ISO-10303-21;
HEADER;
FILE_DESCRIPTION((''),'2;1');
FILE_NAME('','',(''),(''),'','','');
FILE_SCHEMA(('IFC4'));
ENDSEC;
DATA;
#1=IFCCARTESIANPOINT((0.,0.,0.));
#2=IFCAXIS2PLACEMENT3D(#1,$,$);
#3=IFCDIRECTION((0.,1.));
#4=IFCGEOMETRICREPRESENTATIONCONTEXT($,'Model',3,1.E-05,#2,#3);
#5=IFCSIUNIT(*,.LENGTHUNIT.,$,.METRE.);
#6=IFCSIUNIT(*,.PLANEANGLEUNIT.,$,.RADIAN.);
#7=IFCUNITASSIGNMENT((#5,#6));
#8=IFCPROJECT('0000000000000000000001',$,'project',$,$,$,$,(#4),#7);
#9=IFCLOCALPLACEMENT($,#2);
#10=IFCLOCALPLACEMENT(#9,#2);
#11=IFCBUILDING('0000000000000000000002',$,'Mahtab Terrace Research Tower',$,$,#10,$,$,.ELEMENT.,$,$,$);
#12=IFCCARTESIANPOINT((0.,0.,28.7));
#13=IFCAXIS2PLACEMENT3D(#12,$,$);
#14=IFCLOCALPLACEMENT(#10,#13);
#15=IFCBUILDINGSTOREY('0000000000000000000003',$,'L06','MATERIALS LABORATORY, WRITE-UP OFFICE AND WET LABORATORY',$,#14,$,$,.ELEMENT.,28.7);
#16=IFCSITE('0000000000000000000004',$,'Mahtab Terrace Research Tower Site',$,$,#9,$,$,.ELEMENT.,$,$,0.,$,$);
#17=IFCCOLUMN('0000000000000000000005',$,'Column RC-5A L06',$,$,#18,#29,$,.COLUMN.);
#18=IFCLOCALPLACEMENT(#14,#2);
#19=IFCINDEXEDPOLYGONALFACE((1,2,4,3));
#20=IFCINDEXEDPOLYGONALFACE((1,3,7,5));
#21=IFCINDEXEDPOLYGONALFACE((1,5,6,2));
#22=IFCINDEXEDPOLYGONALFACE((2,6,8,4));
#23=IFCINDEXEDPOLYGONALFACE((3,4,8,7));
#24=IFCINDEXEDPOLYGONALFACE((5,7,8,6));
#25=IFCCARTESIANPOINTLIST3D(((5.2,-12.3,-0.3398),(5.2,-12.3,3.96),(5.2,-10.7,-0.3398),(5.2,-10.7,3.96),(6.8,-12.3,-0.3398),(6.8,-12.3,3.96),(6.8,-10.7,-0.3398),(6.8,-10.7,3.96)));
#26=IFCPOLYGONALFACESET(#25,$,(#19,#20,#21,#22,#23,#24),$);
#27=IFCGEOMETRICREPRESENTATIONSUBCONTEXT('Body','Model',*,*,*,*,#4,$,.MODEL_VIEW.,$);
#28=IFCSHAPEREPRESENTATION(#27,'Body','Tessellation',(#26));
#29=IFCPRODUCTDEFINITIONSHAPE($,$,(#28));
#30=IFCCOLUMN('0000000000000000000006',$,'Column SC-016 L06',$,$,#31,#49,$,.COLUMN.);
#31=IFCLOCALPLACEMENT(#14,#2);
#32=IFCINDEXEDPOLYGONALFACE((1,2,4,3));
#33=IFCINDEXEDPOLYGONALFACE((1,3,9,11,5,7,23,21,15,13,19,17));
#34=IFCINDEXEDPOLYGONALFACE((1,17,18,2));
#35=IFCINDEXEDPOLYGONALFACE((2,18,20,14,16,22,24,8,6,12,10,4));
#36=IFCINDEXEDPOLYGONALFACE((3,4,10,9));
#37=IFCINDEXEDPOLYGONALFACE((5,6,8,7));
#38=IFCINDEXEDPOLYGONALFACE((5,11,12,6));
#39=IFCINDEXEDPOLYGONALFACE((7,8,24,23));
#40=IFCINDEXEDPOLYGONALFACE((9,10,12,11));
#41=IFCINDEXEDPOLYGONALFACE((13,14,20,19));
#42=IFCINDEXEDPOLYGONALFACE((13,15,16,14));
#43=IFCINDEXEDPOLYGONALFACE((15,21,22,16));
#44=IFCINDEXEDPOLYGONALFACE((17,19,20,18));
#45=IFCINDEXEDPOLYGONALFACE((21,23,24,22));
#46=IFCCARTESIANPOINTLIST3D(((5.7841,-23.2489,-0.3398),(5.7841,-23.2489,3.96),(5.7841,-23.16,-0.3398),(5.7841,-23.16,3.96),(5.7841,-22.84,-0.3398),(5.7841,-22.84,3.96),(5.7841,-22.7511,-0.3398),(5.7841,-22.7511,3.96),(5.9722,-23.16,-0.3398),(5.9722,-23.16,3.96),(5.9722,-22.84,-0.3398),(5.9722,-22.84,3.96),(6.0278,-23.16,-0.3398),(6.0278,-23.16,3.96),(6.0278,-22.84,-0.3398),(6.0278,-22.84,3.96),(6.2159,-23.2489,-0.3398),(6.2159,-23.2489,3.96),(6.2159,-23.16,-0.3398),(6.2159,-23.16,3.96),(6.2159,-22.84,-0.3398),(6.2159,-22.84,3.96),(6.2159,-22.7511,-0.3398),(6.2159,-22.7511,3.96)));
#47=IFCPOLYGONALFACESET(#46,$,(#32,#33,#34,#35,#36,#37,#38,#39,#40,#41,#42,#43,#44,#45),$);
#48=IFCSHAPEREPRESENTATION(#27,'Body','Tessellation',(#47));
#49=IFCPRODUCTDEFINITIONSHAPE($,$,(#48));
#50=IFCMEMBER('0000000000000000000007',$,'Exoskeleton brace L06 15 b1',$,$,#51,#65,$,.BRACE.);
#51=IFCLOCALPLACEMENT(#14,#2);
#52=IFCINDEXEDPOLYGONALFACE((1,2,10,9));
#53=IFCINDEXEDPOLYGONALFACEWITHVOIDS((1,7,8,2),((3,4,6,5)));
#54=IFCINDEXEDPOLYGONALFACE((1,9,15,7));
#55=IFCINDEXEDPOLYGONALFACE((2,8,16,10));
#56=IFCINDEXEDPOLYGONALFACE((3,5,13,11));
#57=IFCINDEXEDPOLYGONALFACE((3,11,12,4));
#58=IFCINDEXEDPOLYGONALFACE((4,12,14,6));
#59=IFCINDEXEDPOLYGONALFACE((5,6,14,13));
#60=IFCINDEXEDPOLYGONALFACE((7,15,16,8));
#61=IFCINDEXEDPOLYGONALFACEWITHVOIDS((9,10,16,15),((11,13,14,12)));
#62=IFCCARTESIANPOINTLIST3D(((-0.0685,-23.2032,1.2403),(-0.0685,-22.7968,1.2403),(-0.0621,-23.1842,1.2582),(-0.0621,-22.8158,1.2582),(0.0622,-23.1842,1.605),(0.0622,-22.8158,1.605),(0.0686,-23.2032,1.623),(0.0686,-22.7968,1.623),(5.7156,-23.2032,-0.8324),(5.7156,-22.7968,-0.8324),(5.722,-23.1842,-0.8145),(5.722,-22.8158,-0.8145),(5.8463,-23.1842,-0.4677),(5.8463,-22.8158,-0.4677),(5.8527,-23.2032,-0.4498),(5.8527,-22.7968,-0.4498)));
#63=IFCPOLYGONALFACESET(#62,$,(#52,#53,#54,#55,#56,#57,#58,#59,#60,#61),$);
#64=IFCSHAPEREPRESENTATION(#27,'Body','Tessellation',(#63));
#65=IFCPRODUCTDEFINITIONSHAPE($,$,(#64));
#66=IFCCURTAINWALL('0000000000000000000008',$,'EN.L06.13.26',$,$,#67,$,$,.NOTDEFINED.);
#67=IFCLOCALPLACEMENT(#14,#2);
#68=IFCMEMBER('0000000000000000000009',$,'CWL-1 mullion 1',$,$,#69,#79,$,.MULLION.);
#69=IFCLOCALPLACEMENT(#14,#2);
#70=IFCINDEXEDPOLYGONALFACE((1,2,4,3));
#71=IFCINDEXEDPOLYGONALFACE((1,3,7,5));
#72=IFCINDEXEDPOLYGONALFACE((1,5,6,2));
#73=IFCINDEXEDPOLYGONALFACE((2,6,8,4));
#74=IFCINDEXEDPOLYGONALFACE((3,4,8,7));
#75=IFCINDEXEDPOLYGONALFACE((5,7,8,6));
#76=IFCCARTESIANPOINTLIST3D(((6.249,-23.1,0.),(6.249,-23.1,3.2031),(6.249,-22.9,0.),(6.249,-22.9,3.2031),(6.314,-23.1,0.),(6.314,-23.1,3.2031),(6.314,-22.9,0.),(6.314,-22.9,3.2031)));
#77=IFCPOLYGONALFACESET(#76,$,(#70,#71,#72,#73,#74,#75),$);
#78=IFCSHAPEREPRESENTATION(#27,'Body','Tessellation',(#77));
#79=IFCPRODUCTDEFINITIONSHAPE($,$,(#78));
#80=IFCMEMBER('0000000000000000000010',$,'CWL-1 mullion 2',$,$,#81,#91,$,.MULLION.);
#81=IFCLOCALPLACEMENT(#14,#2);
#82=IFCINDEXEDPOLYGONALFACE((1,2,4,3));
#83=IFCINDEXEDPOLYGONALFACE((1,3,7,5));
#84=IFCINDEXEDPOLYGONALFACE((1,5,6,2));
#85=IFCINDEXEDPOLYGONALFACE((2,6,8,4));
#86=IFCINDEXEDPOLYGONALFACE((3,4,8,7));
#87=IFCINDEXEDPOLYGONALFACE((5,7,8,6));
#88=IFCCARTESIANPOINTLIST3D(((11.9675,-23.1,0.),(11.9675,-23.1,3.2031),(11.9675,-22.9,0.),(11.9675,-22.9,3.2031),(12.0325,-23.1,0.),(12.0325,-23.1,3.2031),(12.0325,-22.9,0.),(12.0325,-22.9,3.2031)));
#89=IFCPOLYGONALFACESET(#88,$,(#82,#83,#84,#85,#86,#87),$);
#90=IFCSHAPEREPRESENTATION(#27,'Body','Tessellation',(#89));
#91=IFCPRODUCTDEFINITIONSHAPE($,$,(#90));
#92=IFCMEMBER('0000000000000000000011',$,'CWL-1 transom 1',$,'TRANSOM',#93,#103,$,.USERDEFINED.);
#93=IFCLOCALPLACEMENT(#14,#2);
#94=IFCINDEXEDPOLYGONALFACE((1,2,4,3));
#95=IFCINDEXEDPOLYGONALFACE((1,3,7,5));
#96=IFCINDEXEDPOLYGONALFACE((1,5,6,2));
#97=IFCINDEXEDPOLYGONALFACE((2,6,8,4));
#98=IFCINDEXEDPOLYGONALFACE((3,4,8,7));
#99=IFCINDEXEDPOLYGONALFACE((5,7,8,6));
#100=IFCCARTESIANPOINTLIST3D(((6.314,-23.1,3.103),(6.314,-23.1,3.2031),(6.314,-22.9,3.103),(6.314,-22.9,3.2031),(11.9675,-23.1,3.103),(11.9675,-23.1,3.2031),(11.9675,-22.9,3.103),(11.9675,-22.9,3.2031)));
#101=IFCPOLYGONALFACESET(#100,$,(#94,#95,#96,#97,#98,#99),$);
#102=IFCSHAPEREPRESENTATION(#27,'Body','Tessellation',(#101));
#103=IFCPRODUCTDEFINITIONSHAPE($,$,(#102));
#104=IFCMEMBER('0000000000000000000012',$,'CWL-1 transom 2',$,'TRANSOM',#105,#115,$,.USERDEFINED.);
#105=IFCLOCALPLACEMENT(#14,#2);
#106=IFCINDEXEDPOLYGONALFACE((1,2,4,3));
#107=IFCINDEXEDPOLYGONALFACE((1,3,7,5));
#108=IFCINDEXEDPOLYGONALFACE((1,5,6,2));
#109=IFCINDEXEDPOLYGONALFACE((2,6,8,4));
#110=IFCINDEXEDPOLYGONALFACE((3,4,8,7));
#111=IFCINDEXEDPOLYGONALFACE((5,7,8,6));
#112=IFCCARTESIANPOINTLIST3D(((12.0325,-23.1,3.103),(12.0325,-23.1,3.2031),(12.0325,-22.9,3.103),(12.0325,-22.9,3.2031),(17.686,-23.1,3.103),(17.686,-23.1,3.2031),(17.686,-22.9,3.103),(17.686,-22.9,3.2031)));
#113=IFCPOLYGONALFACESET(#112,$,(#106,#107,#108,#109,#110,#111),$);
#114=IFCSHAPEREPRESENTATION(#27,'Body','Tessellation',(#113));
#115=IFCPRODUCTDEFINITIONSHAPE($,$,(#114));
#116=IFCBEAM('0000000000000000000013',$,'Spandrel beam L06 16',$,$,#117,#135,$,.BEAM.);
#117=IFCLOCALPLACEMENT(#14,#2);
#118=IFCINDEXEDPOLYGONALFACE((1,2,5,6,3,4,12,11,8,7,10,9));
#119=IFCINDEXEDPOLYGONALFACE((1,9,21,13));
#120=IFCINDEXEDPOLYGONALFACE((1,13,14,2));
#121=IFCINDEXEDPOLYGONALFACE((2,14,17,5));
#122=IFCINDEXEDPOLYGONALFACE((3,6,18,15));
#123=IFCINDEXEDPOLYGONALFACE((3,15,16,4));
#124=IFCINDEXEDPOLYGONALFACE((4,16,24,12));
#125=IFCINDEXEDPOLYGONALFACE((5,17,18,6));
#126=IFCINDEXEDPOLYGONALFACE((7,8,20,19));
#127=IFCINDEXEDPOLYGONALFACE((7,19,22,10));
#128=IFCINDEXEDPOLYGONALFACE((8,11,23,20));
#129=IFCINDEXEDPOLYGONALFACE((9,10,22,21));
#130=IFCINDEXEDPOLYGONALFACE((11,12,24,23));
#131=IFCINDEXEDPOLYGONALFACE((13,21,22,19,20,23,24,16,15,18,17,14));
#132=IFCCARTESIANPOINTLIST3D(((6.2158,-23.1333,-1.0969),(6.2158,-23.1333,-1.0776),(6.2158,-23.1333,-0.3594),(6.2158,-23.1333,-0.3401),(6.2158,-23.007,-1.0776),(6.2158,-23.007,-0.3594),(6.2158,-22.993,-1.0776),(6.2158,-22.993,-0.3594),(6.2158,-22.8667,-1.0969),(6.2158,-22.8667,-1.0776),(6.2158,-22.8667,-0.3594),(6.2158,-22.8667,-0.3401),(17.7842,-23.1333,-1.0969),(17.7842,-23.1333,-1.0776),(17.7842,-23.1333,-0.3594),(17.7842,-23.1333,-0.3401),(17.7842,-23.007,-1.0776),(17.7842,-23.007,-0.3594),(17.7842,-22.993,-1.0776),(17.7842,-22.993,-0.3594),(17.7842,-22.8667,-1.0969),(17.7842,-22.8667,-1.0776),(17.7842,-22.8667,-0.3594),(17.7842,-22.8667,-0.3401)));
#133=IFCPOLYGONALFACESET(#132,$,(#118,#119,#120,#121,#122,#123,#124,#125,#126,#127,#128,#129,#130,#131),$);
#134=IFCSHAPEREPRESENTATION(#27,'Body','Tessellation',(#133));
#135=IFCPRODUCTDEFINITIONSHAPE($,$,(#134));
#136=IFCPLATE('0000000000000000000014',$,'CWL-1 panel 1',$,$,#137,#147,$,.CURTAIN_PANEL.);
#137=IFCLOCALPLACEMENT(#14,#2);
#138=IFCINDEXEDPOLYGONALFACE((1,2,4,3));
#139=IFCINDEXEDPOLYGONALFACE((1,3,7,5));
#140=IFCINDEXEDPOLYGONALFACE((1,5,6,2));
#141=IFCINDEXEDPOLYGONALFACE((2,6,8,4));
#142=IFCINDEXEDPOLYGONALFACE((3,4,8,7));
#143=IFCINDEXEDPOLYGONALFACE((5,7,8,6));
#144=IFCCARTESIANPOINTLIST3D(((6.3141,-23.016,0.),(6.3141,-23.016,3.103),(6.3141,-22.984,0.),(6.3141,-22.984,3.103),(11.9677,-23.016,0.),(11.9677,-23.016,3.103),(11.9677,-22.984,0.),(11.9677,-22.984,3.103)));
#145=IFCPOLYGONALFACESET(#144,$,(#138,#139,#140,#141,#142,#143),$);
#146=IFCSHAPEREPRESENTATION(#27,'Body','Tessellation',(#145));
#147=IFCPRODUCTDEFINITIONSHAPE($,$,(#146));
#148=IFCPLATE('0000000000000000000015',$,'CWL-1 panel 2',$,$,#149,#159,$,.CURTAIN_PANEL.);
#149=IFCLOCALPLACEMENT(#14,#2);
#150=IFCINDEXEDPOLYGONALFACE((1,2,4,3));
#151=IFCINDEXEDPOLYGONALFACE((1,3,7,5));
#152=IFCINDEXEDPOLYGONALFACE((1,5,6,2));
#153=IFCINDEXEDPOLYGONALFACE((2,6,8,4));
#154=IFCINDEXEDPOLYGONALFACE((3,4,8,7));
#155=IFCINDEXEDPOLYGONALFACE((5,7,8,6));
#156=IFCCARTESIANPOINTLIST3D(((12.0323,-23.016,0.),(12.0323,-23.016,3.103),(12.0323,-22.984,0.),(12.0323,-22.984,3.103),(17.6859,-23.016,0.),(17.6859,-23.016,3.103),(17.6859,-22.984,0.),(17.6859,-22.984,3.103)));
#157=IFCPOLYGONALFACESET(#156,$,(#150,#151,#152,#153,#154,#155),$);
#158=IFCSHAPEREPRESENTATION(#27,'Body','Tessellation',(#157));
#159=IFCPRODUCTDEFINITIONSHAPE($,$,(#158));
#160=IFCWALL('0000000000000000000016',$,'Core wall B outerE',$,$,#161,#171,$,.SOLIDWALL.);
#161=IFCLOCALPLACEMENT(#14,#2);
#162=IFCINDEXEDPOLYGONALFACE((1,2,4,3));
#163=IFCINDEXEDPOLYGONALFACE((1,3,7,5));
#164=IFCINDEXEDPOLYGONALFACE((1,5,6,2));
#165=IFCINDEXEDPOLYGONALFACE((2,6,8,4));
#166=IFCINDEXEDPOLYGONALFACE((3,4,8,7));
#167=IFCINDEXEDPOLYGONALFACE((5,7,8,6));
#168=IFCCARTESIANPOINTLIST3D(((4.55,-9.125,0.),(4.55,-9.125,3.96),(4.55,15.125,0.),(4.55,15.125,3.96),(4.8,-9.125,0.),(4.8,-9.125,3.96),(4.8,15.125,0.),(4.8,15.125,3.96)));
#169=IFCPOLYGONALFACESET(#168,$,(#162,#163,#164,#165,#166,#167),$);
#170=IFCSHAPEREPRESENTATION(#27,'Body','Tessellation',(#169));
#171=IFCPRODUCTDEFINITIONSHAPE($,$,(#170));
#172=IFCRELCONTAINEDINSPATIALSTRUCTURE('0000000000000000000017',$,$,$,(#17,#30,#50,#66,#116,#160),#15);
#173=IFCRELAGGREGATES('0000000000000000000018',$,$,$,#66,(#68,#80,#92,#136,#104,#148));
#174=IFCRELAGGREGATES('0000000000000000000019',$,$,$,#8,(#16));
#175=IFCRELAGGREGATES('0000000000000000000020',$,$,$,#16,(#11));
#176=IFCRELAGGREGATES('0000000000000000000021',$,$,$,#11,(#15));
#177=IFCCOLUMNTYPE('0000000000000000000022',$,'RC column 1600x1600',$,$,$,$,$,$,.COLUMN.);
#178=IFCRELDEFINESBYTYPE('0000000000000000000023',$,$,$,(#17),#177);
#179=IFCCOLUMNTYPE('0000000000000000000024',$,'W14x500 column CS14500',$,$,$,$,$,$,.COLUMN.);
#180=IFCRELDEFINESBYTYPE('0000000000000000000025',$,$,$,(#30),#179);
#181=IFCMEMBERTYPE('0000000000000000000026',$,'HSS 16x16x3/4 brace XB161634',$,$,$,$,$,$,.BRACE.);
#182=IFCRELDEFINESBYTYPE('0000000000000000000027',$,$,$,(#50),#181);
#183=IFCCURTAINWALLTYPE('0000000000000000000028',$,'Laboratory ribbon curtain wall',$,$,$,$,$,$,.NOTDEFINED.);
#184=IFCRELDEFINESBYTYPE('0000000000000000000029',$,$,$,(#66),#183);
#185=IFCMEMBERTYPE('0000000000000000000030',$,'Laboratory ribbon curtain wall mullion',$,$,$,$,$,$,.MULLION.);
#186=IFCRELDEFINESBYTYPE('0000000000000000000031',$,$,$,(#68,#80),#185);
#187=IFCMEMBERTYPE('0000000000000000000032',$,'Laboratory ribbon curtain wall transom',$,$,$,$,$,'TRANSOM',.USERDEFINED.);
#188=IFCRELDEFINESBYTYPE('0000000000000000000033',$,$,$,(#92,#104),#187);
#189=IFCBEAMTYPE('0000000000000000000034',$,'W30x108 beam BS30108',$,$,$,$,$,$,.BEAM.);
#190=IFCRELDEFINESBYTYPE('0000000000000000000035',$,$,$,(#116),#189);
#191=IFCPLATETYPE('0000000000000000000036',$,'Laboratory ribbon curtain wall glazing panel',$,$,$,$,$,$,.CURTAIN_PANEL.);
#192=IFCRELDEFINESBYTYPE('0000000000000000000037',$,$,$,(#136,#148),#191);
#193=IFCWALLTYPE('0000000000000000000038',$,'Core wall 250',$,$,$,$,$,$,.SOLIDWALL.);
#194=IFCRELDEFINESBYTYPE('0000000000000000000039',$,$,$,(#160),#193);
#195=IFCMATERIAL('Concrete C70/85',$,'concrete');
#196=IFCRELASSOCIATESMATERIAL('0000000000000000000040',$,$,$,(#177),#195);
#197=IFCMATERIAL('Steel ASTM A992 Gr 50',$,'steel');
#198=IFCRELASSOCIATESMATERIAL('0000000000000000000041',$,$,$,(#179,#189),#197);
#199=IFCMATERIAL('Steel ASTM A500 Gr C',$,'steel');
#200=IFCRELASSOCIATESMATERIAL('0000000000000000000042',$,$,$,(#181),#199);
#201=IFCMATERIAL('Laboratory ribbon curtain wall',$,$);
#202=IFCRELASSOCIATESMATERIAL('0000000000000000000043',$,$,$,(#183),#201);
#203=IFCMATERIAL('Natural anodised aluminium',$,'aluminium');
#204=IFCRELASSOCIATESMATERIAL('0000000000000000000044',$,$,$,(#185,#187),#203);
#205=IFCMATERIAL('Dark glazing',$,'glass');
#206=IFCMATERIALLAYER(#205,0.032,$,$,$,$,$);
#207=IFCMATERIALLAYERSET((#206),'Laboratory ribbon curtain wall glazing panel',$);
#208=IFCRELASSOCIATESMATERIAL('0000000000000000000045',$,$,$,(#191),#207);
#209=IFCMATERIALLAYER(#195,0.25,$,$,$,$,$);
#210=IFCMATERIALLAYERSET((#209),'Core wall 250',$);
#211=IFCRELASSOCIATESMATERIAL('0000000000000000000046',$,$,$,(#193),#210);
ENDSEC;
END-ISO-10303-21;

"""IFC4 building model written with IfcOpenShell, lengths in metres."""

from ifc_helpers import new_model, si_unit, direction, frame, frame_2d, origin, origin_2d, place, context, subcontext, project, spatial, rectangle, hollow_rectangle, i_section, extrude, material, layer, layer_set, material_profile, profile_set, type_object, element, aggregate, save


model = new_model("IFC4")

# Units and contexts
model_context = context("Model", 3, precision=1e-05, world=origin(), true_north=direction((0.0, 1.0)))
body_context = subcontext(model_context, "Body", "Model", "MODEL_VIEW")
ifc_project = project(units=[si_unit("LENGTHUNIT", "METRE"), si_unit("PLANEANGLEUNIT", "RADIAN")], contexts=[model_context])

# Site, building, storey
site_placement = place(None, origin())
site = spatial("IfcSite", under=ifc_project, at=site_placement, Name="Mahtab Terrace Research Tower Site", CompositionType="ELEMENT", RefElevation=0.0)
building_placement = place(site_placement, origin())
building = spatial("IfcBuilding", under=site, at=building_placement, Name="Mahtab Terrace Research Tower", CompositionType="ELEMENT")
storey_placement = place(building_placement, frame((0.0, 0.0, 28.7)))
storey = spatial("IfcBuildingStorey", under=building, at=storey_placement, Name="L06", Description="MATERIALS LABORATORY, WRITE-UP OFFICE AND WET LABORATORY", CompositionType="ELEMENT", Elevation=28.7)

# Columns
ifc_material_1 = material(Name="Concrete C70/85", Category="concrete")
ifc_material_profile_1 = material_profile(ifc_material_1, rectangle(XDim=1.6001, YDim=1.6001, at=origin_2d()), Name="RC column 1600x1600")
ifc_profile_set_1 = profile_set([ifc_material_profile_1], Name="Concrete C70/85")
column_type_1 = type_object("IfcColumnType", Name="RC column 1600x1600", PredefinedType="COLUMN", material=ifc_profile_set_1)
column_1_placement = place(storey_placement, frame((6.0, -11.5, -0.3398), z_axis=(0.0, 0.0, 1.0), x_axis=(1.0, 0.0, 0.0)))
element("IfcColumn", 1, at=column_1_placement, inside=storey, type_object=column_type_1, Name="Column RC-5A L06", PredefinedType="COLUMN", context=body_context, shape_type="SweptSolid", body=[
    extrude(rectangle(XDim=1.6001, YDim=1.6001, at=origin_2d()), origin(), (0.0, 0.0, 1.0), 4.2998),
])
ifc_material_2 = material(Name="Steel ASTM A992 Gr 50", Category="steel")
ifc_material_profile_2 = material_profile(ifc_material_2, i_section(OverallWidth=0.4319, OverallDepth=0.4978, WebThickness=0.0557, FlangeThickness=0.0889, at=origin_2d()), Name="W14X500")
ifc_profile_set_2 = profile_set([ifc_material_profile_2], Name="Steel ASTM A992 Gr 50")
column_type_2 = type_object("IfcColumnType", Name="W14x500 column CS14500", PredefinedType="COLUMN", material=ifc_profile_set_2)
column_2_placement = place(storey_placement, frame((6.0, -23.0, -0.3398), z_axis=(0.0, 0.0, 1.0), x_axis=(1.0, 0.0, 0.0)))
element("IfcColumn", 2, at=column_2_placement, inside=storey, type_object=column_type_2, Name="Column SC-016 L06", PredefinedType="COLUMN", context=body_context, shape_type="SweptSolid", body=[
    extrude(i_section(OverallWidth=0.4319, OverallDepth=0.4978, WebThickness=0.0557, FlangeThickness=0.0889, at=origin_2d()), origin(), (0.0, 0.0, 1.0), 4.2998),
])

# Member
ifc_material_3 = material(Name="Steel ASTM A500 Gr C", Category="steel")
ifc_material_profile_3 = material_profile(ifc_material_3, hollow_rectangle(XDim=0.4065, YDim=0.4065, WallThickness=0.019, at=origin_2d()), Name="HSS16X16X3/4")
ifc_profile_set_3 = profile_set([ifc_material_profile_3], Name="Steel ASTM A500 Gr C")
member_type_1 = type_object("IfcMemberType", Name="HSS 16x16x3/4 brace XB161634", PredefinedType="BRACE", material=ifc_profile_set_3)
member_1_placement = place(storey_placement, frame((5.7842, -23.0, -0.6411), z_axis=(-0.941382, 0.0, 0.337343), x_axis=(0.0, -1.0, 0.0)))
element("IfcMember", 3, at=member_1_placement, inside=storey, type_object=member_type_1, Name="Exoskeleton brace L06 15 b1", PredefinedType="BRACE", context=body_context, shape_type="SweptSolid", body=[
    extrude(hollow_rectangle(XDim=0.4065, YDim=0.4065, WallThickness=0.019, at=origin_2d()), origin(), (0.0, 0.0, 1.0), 6.1443),
])

# Curtain wall, members
ifc_material_4 = material(Name="Laboratory ribbon curtain wall")
curtain_wall_type = type_object("IfcCurtainWallType", Name="Laboratory ribbon curtain wall", PredefinedType="NOTDEFINED", material=ifc_material_4)
curtain_wall_placement = place(storey_placement, origin())
curtain_wall = element("IfcCurtainWall", 4, at=curtain_wall_placement, inside=storey, type_object=curtain_wall_type, Name="EN.L06.13.26", PredefinedType="NOTDEFINED")
ifc_material_5 = material(Name="Natural anodised aluminium", Category="aluminium")
ifc_material_profile_4 = material_profile(ifc_material_5, rectangle(XDim=0.2, YDim=0.0649, at=origin_2d()), Name="MULLION 65x200")
ifc_profile_set_4 = profile_set([ifc_material_profile_4], Name="Natural anodised aluminium")
member_type_2 = type_object("IfcMemberType", Name="Laboratory ribbon curtain wall mullion", PredefinedType="MULLION", material=ifc_profile_set_4)
member_2_placement = place(storey_placement, frame((6.2815, -23.0, 0.0), z_axis=(0.0, 0.0, 1.0), x_axis=(0.0, 1.0, 0.0)))
member_2 = element("IfcMember", 5, at=member_2_placement, type_object=member_type_2, Name="CWL-1 mullion 1", PredefinedType="MULLION", context=body_context, shape_type="SweptSolid", body=[
    extrude(rectangle(XDim=0.2, YDim=0.0649, at=origin_2d()), origin(), (0.0, 0.0, 1.0), 3.2031),
])
member_3_placement = place(storey_placement, frame((12.0, -23.0, 0.0), z_axis=(0.0, 0.0, 1.0), x_axis=(0.0, 1.0, 0.0)))
member_3 = element("IfcMember", 6, at=member_3_placement, type_object=member_type_2, Name="CWL-1 mullion 2", PredefinedType="MULLION", context=body_context, shape_type="SweptSolid", body=[
    extrude(rectangle(XDim=0.2, YDim=0.0649, at=origin_2d()), origin(), (0.0, 0.0, 1.0), 3.2031),
])
ifc_material_profile_5 = material_profile(ifc_material_5, rectangle(XDim=0.2, YDim=0.1001, at=origin_2d()), Name="TRANSOM 100x200")
ifc_profile_set_5 = profile_set([ifc_material_profile_5], Name="Natural anodised aluminium")
member_type_3 = type_object("IfcMemberType", Name="Laboratory ribbon curtain wall transom", ElementType="TRANSOM", PredefinedType="USERDEFINED", material=ifc_profile_set_5)
member_4_placement = place(storey_placement, frame((6.314, -23.0, 3.1531), z_axis=(1.0, 0.0, 0.0), x_axis=(0.0, 1.0, 0.0)))
member_4 = element("IfcMember", 7, at=member_4_placement, type_object=member_type_3, Name="CWL-1 transom 1", ObjectType="TRANSOM", PredefinedType="USERDEFINED", context=body_context, shape_type="SweptSolid", body=[
    extrude(rectangle(XDim=0.2, YDim=0.1001, at=origin_2d()), origin(), (0.0, 0.0, 1.0), 5.6536),
])
member_5_placement = place(storey_placement, frame((12.0325, -23.0, 3.1531), z_axis=(1.0, 0.0, 0.0), x_axis=(0.0, 1.0, 0.0)))
member_5 = element("IfcMember", 8, at=member_5_placement, type_object=member_type_3, Name="CWL-1 transom 2", ObjectType="TRANSOM", PredefinedType="USERDEFINED", context=body_context, shape_type="SweptSolid", body=[
    extrude(rectangle(XDim=0.2, YDim=0.1001, at=origin_2d()), origin(), (0.0, 0.0, 1.0), 5.6536),
])

# Beam
ifc_material_profile_6 = material_profile(ifc_material_2, i_section(OverallWidth=0.2666, OverallDepth=0.7568, WebThickness=0.0139, FlangeThickness=0.0193, at=origin_2d()), Name="W30X108")
ifc_profile_set_6 = profile_set([ifc_material_profile_6], Name="Steel ASTM A992 Gr 50")
beam_type = type_object("IfcBeamType", Name="W30x108 beam BS30108", PredefinedType="BEAM", material=ifc_profile_set_6)
beam_placement = place(storey_placement, frame((6.2158, -23.0, -0.7185), z_axis=(1.0, 0.0, 0.0), x_axis=(0.0, 1.0, 0.0)))
element("IfcBeam", 9, at=beam_placement, inside=storey, type_object=beam_type, Name="Spandrel beam L06 16", PredefinedType="BEAM", context=body_context, shape_type="SweptSolid", body=[
    extrude(i_section(OverallWidth=0.2666, OverallDepth=0.7568, WebThickness=0.0139, FlangeThickness=0.0193, at=origin_2d()), origin(), (0.0, 0.0, 1.0), 11.5684),
])

# Plates
ifc_material_6 = material(Name="Dark glazing", Category="glass")
ifc_layer_1 = layer(ifc_material_6, 0.032)
ifc_layer_set_1 = layer_set([ifc_layer_1], Name="Laboratory ribbon curtain wall glazing panel")
plate_type = type_object("IfcPlateType", Name="Laboratory ribbon curtain wall glazing panel", PredefinedType="CURTAIN_PANEL", material=ifc_layer_set_1)
plate_1_placement = place(storey_placement, frame((9.1409, -23.0, 0.0), z_axis=(0.0, 0.0, 1.0), x_axis=(1.0, 0.0, 0.0)))
plate_1 = element("IfcPlate", 10, at=plate_1_placement, type_object=plate_type, Name="CWL-1 panel 1", PredefinedType="CURTAIN_PANEL", context=body_context, shape_type="SweptSolid", body=[
    extrude(rectangle(XDim=5.6536, YDim=0.032, at=origin_2d()), origin(), (0.0, 0.0, 1.0), 3.103),
])
plate_2_placement = place(storey_placement, frame((14.8591, -23.0, 0.0), z_axis=(0.0, 0.0, 1.0), x_axis=(1.0, 0.0, 0.0)))
plate_2 = element("IfcPlate", 11, at=plate_2_placement, type_object=plate_type, Name="CWL-1 panel 2", PredefinedType="CURTAIN_PANEL", context=body_context, shape_type="SweptSolid", body=[
    extrude(rectangle(XDim=5.6536, YDim=0.032, at=origin_2d()), origin(), (0.0, 0.0, 1.0), 3.103),
])
aggregate(curtain_wall, [member_2, member_3, member_4, plate_1, member_5, plate_2])

# Wall
ifc_layer_2 = layer(ifc_material_1, 0.25)
ifc_layer_set_2 = layer_set([ifc_layer_2], Name="Core wall 250")
wall_type_1 = type_object("IfcWallType", Name="Core wall 250", PredefinedType="SOLIDWALL", material=ifc_layer_set_2)
wall_1_placement = place(storey_placement, frame((4.675, -9.125, 0.0), z_axis=(0.0, 0.0, 1.0), x_axis=(0.0, 1.0, 0.0)))
element("IfcWall", 12, at=wall_1_placement, inside=storey, type_object=wall_type_1, Name="Core wall B outerE", PredefinedType="SOLIDWALL", context=body_context, shape_type="SweptSolid", body=[
    extrude(rectangle(XDim=24.25, YDim=0.25, at=frame_2d((12.125, 0.0))), origin(), (0.0, 0.0, 1.0), 3.96),
])

save(model, "model.ifc")
